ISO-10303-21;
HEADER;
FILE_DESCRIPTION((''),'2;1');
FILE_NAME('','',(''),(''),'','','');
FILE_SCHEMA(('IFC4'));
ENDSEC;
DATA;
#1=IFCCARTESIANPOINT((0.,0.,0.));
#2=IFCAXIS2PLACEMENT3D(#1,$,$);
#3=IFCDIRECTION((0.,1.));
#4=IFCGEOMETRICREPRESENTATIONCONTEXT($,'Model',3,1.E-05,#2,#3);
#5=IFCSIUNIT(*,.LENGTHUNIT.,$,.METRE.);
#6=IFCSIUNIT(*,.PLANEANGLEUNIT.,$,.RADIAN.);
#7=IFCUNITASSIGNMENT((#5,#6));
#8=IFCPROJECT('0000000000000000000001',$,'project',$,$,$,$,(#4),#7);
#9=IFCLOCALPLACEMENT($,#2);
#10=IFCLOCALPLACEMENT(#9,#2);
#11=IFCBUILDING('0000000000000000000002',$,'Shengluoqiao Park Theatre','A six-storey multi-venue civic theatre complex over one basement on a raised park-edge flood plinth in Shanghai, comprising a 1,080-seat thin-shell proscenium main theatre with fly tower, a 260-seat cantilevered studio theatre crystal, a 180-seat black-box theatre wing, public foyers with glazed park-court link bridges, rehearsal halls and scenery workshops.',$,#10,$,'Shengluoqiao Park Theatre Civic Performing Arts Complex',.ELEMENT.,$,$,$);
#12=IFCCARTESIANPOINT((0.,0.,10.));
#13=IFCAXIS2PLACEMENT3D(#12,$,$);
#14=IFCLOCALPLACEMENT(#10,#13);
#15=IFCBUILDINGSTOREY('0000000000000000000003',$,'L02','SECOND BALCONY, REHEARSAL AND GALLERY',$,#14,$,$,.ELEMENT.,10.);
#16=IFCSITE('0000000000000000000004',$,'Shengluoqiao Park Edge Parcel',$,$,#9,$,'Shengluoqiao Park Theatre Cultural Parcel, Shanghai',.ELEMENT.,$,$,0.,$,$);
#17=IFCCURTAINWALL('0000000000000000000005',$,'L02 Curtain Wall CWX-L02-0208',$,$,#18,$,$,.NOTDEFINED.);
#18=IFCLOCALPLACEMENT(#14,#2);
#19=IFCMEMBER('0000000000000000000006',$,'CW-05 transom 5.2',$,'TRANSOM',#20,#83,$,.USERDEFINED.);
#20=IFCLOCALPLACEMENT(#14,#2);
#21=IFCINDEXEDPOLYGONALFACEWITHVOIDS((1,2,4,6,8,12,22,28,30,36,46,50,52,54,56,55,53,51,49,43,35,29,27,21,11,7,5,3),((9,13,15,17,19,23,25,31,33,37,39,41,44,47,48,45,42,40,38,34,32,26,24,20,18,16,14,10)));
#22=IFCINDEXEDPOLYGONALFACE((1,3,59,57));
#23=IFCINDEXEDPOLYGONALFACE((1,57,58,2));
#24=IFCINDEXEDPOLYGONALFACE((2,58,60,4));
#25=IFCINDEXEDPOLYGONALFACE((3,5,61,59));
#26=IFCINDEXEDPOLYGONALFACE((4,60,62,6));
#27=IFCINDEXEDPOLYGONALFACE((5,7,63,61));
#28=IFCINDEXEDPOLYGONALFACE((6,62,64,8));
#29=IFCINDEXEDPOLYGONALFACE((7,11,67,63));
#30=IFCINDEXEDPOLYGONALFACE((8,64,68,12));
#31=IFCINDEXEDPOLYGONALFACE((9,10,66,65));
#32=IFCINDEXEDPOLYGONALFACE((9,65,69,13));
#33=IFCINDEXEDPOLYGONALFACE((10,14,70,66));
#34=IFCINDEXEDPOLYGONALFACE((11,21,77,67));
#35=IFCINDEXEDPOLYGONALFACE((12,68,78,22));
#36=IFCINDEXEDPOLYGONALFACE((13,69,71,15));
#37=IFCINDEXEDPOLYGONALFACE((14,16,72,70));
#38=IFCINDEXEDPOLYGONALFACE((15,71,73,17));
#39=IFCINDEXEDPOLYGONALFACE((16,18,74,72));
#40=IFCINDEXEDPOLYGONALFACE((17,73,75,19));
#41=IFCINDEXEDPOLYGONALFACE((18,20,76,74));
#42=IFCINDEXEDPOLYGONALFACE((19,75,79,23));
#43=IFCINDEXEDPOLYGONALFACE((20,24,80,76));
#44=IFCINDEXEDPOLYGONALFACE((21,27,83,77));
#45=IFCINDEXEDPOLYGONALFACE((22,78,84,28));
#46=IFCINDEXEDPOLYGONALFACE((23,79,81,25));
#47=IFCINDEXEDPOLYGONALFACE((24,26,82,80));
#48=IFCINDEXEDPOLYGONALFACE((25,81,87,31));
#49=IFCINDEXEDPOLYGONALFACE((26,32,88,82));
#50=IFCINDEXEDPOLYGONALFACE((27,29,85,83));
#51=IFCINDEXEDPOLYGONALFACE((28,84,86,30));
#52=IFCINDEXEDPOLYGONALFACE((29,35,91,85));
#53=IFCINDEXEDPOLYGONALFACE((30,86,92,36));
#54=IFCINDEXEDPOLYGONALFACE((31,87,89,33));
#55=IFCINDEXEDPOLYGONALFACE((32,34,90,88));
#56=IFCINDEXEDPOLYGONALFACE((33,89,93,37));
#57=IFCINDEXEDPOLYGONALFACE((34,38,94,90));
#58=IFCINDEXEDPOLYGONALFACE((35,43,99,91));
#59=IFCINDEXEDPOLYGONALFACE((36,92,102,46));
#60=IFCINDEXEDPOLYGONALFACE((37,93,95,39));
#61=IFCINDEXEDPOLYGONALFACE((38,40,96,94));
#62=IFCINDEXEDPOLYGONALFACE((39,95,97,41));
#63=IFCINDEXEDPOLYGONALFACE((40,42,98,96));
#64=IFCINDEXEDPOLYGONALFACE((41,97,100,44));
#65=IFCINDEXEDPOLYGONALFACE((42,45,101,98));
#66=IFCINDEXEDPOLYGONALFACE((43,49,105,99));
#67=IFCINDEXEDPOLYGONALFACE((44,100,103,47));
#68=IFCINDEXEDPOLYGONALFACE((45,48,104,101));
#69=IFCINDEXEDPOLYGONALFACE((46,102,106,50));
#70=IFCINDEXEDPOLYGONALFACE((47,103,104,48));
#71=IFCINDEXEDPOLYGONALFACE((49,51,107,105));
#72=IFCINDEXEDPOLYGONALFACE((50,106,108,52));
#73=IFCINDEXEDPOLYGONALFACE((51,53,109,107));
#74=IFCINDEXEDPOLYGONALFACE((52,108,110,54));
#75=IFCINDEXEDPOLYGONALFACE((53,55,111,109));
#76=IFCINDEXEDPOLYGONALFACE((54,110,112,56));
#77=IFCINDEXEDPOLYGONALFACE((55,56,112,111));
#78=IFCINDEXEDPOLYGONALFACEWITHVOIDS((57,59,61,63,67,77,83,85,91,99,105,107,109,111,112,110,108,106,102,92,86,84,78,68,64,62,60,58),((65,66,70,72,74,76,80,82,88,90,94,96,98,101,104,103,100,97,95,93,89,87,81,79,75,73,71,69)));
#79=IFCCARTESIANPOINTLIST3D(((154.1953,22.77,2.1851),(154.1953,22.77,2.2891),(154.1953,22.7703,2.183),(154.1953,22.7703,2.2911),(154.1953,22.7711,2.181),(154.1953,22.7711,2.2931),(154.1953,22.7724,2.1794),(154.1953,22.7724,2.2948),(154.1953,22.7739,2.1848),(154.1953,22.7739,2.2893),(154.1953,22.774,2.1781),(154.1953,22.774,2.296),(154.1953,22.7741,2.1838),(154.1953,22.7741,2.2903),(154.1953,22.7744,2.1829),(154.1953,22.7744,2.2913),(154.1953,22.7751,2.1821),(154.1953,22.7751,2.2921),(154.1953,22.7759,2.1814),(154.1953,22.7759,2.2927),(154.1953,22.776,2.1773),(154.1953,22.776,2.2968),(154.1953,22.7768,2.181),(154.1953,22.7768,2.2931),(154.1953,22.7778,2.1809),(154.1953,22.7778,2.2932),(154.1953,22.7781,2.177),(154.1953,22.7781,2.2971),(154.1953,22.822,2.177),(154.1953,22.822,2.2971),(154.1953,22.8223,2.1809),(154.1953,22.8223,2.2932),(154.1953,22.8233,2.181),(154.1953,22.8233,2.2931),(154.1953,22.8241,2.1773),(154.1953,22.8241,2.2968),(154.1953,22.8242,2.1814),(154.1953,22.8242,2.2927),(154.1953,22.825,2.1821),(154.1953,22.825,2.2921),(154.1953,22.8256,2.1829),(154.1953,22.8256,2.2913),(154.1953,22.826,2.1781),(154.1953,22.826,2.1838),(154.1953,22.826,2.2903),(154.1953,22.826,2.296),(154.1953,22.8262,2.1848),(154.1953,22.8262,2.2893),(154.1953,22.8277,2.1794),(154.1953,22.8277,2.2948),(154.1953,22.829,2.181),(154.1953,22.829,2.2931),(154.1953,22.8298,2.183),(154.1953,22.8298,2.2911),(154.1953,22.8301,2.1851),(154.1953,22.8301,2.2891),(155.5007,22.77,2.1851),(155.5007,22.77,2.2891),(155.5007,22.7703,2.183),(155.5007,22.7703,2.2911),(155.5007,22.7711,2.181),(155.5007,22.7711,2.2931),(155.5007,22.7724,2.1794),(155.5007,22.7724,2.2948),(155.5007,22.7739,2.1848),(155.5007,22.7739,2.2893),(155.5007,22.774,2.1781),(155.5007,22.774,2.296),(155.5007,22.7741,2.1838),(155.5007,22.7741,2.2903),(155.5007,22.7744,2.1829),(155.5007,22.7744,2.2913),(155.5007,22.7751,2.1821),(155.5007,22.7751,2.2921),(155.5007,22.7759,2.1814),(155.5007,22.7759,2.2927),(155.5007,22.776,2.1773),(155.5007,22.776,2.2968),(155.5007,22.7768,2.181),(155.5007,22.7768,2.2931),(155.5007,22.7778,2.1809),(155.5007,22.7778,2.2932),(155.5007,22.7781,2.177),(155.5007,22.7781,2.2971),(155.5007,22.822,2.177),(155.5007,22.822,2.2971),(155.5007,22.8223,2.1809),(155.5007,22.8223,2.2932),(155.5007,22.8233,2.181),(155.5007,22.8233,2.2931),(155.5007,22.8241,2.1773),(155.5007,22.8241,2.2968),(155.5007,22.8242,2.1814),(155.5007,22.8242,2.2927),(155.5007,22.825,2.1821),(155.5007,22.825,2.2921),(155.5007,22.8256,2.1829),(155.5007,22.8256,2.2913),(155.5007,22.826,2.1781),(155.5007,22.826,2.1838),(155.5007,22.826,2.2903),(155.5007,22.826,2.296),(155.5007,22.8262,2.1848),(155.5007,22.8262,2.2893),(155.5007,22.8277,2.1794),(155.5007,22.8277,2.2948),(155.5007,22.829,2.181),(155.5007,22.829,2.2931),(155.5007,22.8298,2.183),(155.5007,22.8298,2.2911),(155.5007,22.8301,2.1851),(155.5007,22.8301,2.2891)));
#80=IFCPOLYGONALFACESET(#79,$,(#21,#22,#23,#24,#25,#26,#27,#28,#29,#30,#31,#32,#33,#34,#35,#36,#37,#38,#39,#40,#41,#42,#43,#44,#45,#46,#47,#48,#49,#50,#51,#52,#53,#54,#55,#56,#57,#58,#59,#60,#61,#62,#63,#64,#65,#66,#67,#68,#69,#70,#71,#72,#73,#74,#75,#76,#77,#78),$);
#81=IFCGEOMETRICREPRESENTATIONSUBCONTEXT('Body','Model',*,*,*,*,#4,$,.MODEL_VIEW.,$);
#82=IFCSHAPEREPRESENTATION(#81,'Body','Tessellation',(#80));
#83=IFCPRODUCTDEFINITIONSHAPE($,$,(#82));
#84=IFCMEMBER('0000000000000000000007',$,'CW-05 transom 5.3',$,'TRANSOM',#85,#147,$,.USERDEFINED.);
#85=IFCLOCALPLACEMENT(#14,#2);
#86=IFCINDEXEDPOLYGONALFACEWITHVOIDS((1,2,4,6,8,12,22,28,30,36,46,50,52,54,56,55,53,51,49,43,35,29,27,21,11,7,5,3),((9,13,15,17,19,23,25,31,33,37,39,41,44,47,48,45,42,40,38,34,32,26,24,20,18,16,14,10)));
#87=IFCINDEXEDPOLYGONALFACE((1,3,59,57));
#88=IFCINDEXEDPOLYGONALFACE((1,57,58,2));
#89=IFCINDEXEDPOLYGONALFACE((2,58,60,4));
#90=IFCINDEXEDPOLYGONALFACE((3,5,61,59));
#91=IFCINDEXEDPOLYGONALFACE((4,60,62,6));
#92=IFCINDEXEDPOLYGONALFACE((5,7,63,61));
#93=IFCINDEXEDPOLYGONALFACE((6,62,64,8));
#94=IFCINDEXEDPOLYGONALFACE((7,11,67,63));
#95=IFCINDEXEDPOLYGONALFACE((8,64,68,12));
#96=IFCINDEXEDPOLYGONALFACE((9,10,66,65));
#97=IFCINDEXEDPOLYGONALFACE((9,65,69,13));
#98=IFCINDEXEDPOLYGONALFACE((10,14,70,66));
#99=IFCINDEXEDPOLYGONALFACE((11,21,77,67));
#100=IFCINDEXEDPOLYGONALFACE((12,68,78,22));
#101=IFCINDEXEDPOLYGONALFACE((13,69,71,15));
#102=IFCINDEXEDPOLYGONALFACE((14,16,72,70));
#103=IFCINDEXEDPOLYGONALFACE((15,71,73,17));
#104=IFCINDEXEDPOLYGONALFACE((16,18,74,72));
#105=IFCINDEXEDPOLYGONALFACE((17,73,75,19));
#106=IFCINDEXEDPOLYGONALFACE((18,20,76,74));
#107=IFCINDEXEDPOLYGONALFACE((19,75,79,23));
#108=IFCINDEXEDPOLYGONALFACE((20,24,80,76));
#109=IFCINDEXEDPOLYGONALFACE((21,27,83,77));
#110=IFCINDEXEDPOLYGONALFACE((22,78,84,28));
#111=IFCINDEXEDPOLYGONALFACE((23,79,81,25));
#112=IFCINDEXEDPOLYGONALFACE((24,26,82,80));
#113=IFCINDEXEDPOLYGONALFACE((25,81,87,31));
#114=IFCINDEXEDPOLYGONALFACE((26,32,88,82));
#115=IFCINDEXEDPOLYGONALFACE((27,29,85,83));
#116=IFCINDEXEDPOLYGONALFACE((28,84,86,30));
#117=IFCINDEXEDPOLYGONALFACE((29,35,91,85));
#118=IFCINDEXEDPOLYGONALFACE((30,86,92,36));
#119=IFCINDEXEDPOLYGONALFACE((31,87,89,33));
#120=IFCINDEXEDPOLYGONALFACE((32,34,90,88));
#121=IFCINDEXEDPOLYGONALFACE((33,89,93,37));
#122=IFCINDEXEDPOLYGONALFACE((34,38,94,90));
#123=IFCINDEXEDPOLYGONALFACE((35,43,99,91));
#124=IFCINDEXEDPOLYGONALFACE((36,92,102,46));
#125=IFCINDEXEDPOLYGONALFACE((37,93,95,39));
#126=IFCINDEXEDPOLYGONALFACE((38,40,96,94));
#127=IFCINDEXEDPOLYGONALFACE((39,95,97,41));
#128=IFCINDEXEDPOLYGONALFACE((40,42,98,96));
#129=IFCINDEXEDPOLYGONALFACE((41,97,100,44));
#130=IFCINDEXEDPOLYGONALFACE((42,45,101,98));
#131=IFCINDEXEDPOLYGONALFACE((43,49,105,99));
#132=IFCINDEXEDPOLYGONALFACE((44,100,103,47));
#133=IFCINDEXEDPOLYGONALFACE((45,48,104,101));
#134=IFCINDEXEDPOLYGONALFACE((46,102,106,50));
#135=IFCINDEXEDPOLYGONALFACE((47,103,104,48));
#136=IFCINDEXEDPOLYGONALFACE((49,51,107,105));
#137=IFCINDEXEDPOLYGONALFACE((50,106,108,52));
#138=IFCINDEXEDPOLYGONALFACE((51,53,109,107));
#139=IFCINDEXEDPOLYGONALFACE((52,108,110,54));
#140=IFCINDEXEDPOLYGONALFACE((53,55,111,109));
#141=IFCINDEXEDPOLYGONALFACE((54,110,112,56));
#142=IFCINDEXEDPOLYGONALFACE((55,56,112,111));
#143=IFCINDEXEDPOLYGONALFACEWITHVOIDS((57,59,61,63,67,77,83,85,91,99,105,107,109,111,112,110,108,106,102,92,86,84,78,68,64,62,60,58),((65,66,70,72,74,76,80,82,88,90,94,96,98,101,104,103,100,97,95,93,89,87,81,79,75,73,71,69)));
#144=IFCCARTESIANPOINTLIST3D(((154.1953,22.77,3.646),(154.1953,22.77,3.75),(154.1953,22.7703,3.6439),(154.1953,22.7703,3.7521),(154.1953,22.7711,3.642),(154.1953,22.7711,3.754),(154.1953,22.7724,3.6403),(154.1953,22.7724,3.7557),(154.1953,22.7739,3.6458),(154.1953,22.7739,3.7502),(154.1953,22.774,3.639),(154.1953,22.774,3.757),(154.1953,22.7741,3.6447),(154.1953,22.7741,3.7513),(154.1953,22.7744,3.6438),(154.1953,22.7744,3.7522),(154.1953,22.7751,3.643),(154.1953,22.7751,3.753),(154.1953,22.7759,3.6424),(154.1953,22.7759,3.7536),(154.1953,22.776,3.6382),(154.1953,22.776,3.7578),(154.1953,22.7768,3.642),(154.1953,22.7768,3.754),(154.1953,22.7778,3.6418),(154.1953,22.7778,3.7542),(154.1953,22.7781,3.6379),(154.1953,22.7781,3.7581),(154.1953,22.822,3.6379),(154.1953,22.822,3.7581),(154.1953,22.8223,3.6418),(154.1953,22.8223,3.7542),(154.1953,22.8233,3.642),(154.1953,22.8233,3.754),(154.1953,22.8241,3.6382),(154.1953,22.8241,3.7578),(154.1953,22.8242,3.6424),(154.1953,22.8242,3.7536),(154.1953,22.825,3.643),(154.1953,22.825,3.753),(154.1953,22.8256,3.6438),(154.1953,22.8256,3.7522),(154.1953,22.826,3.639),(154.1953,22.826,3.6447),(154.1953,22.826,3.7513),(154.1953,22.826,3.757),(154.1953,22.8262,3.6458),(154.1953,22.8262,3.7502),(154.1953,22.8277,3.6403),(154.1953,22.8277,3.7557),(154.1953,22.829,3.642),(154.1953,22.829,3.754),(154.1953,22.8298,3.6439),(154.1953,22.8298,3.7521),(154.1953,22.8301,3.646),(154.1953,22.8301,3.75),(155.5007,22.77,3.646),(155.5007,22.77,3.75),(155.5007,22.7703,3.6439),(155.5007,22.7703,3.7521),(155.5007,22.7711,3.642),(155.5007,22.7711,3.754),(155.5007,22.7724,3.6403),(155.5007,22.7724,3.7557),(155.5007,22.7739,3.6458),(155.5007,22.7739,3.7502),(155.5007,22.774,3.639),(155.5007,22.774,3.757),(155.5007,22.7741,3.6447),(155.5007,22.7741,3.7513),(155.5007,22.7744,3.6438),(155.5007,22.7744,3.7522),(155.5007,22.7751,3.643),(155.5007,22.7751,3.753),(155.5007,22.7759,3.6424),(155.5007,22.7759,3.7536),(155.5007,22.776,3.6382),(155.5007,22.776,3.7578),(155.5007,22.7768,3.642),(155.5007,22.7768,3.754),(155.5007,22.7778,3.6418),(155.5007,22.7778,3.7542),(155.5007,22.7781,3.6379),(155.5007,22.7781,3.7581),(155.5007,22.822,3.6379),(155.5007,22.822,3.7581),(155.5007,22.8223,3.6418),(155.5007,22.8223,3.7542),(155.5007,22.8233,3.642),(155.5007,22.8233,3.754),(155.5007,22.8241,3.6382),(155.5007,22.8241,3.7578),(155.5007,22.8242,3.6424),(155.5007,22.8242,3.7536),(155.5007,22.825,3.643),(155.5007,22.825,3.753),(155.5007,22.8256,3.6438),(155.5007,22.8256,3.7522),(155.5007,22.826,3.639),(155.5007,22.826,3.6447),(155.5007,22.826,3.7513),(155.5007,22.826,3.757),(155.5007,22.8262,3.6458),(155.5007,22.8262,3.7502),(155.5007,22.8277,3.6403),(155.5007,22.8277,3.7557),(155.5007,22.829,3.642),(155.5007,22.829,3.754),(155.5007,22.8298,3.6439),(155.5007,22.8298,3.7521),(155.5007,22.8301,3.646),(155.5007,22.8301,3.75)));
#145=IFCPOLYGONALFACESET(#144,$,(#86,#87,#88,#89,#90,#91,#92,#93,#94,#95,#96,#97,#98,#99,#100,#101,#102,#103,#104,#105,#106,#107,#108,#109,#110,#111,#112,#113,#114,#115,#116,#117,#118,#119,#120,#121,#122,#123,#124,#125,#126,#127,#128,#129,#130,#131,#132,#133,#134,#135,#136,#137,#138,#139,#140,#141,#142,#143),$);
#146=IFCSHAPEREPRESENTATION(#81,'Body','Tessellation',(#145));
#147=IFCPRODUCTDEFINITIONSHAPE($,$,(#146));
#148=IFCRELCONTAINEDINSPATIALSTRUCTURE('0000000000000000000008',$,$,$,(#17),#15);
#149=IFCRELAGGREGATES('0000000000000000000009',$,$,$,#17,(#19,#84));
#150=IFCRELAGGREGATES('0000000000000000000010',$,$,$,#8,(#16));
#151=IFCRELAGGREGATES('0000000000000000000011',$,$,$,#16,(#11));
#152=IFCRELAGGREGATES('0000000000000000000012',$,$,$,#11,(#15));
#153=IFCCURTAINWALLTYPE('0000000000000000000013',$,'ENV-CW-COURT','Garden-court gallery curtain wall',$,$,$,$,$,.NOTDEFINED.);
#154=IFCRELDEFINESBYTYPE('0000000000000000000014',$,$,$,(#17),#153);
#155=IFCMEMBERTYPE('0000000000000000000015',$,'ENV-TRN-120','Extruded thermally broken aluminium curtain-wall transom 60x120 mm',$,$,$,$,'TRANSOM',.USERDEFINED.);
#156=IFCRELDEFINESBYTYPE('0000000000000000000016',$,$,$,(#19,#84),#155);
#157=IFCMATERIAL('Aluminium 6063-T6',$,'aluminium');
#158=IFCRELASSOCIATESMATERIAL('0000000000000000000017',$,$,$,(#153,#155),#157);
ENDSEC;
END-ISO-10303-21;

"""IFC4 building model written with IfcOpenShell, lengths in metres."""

from ifc_helpers import new_model, si_unit, direction, frame, origin, origin_2d, place, context, subcontext, project, spatial, hollow_rectangle, extrude, material, material_profile, profile_set, type_object, element, aggregate, save


model = new_model("IFC4")

# Units and contexts
model_context = context("Model", 3, precision=1e-05, world=origin(), true_north=direction((0.0, 1.0)))
body_context = subcontext(model_context, "Body", "Model", "MODEL_VIEW")
ifc_project = project(units=[si_unit("LENGTHUNIT", "METRE"), si_unit("PLANEANGLEUNIT", "RADIAN")], contexts=[model_context])

# Site, building, storey
site_placement = place(None, origin())
site = spatial("IfcSite", under=ifc_project, at=site_placement, Name="Shengluoqiao Park Edge Parcel", LongName="Shengluoqiao Park Theatre Cultural Parcel, Shanghai", CompositionType="ELEMENT", RefElevation=0.0)
building_placement = place(site_placement, origin())
building = spatial("IfcBuilding", under=site, at=building_placement, Name="Shengluoqiao Park Theatre", Description="A six-storey multi-venue civic theatre complex over one basement on a raised park-edge flood plinth in Shanghai, comprising a 1,080-seat thin-shell proscenium main theatre with fly tower, a 260-seat cantilevered studio theatre crystal, a 180-seat black-box theatre wing, public foyers with glazed park-court link bridges, rehearsal halls and scenery workshops.", LongName="Shengluoqiao Park Theatre Civic Performing Arts Complex", CompositionType="ELEMENT")
storey_placement = place(building_placement, frame((0.0, 0.0, 10.0)))
storey = spatial("IfcBuildingStorey", under=building, at=storey_placement, Name="L02", Description="SECOND BALCONY, REHEARSAL AND GALLERY", CompositionType="ELEMENT", Elevation=10.0)

# Curtain wall, members
ifc_material_1 = material(Name="Aluminium 6063-T6", Category="aluminium")
curtain_wall_type = type_object("IfcCurtainWallType", Name="ENV-CW-COURT", Description="Garden-court gallery curtain wall", PredefinedType="NOTDEFINED", material=ifc_material_1)
curtain_wall_placement = place(storey_placement, origin())
curtain_wall = element("IfcCurtainWall", 1, at=curtain_wall_placement, inside=storey, type_object=curtain_wall_type, Name="L02 Curtain Wall CWX-L02-0208", PredefinedType="NOTDEFINED")
ifc_material_profile_1 = material_profile(ifc_material_1, hollow_rectangle(XDim=0.0601, YDim=0.1201, WallThickness=0.0039, InnerFilletRadius=0.0039, OuterFilletRadius=0.0081, at=origin_2d()), Name="ALU TRANSOM 120x60x4")
ifc_profile_set_1 = profile_set([ifc_material_profile_1], Name="Aluminium 6063-T6")
member_type_1 = type_object("IfcMemberType", Name="ENV-TRN-120", Description="Extruded thermally broken aluminium curtain-wall transom 60x120 mm", ElementType="TRANSOM", PredefinedType="USERDEFINED", material=ifc_profile_set_1)
member_1_placement = place(storey_placement, frame((154.1953, 22.8, 2.2371), z_axis=(1.0, 0.0, 0.0), x_axis=(0.0, 1.0, 0.0)))
member_1 = element("IfcMember", 2, at=member_1_placement, type_object=member_type_1, Name="CW-05 transom 5.2", ObjectType="TRANSOM", PredefinedType="USERDEFINED", context=body_context, shape_type="SweptSolid", body=[
    extrude(hollow_rectangle(XDim=0.0601, YDim=0.1201, WallThickness=0.0039, InnerFilletRadius=0.0039, OuterFilletRadius=0.0081, at=origin_2d()), origin(), (0.0, 0.0, 1.0), 1.3054),
])
member_2_placement = place(storey_placement, frame((154.1953, 22.8, 3.698), z_axis=(1.0, 0.0, 0.0), x_axis=(0.0, 1.0, 0.0)))
member_2 = element("IfcMember", 3, at=member_2_placement, type_object=member_type_1, Name="CW-05 transom 5.3", ObjectType="TRANSOM", PredefinedType="USERDEFINED", context=body_context, shape_type="SweptSolid", body=[
    extrude(hollow_rectangle(XDim=0.0601, YDim=0.1201, WallThickness=0.0039, InnerFilletRadius=0.0039, OuterFilletRadius=0.0081, at=origin_2d()), origin(), (0.0, 0.0, 1.0), 1.3054),
])

aggregate(curtain_wall, [member_1, member_2])

save(model, "model.ifc")
